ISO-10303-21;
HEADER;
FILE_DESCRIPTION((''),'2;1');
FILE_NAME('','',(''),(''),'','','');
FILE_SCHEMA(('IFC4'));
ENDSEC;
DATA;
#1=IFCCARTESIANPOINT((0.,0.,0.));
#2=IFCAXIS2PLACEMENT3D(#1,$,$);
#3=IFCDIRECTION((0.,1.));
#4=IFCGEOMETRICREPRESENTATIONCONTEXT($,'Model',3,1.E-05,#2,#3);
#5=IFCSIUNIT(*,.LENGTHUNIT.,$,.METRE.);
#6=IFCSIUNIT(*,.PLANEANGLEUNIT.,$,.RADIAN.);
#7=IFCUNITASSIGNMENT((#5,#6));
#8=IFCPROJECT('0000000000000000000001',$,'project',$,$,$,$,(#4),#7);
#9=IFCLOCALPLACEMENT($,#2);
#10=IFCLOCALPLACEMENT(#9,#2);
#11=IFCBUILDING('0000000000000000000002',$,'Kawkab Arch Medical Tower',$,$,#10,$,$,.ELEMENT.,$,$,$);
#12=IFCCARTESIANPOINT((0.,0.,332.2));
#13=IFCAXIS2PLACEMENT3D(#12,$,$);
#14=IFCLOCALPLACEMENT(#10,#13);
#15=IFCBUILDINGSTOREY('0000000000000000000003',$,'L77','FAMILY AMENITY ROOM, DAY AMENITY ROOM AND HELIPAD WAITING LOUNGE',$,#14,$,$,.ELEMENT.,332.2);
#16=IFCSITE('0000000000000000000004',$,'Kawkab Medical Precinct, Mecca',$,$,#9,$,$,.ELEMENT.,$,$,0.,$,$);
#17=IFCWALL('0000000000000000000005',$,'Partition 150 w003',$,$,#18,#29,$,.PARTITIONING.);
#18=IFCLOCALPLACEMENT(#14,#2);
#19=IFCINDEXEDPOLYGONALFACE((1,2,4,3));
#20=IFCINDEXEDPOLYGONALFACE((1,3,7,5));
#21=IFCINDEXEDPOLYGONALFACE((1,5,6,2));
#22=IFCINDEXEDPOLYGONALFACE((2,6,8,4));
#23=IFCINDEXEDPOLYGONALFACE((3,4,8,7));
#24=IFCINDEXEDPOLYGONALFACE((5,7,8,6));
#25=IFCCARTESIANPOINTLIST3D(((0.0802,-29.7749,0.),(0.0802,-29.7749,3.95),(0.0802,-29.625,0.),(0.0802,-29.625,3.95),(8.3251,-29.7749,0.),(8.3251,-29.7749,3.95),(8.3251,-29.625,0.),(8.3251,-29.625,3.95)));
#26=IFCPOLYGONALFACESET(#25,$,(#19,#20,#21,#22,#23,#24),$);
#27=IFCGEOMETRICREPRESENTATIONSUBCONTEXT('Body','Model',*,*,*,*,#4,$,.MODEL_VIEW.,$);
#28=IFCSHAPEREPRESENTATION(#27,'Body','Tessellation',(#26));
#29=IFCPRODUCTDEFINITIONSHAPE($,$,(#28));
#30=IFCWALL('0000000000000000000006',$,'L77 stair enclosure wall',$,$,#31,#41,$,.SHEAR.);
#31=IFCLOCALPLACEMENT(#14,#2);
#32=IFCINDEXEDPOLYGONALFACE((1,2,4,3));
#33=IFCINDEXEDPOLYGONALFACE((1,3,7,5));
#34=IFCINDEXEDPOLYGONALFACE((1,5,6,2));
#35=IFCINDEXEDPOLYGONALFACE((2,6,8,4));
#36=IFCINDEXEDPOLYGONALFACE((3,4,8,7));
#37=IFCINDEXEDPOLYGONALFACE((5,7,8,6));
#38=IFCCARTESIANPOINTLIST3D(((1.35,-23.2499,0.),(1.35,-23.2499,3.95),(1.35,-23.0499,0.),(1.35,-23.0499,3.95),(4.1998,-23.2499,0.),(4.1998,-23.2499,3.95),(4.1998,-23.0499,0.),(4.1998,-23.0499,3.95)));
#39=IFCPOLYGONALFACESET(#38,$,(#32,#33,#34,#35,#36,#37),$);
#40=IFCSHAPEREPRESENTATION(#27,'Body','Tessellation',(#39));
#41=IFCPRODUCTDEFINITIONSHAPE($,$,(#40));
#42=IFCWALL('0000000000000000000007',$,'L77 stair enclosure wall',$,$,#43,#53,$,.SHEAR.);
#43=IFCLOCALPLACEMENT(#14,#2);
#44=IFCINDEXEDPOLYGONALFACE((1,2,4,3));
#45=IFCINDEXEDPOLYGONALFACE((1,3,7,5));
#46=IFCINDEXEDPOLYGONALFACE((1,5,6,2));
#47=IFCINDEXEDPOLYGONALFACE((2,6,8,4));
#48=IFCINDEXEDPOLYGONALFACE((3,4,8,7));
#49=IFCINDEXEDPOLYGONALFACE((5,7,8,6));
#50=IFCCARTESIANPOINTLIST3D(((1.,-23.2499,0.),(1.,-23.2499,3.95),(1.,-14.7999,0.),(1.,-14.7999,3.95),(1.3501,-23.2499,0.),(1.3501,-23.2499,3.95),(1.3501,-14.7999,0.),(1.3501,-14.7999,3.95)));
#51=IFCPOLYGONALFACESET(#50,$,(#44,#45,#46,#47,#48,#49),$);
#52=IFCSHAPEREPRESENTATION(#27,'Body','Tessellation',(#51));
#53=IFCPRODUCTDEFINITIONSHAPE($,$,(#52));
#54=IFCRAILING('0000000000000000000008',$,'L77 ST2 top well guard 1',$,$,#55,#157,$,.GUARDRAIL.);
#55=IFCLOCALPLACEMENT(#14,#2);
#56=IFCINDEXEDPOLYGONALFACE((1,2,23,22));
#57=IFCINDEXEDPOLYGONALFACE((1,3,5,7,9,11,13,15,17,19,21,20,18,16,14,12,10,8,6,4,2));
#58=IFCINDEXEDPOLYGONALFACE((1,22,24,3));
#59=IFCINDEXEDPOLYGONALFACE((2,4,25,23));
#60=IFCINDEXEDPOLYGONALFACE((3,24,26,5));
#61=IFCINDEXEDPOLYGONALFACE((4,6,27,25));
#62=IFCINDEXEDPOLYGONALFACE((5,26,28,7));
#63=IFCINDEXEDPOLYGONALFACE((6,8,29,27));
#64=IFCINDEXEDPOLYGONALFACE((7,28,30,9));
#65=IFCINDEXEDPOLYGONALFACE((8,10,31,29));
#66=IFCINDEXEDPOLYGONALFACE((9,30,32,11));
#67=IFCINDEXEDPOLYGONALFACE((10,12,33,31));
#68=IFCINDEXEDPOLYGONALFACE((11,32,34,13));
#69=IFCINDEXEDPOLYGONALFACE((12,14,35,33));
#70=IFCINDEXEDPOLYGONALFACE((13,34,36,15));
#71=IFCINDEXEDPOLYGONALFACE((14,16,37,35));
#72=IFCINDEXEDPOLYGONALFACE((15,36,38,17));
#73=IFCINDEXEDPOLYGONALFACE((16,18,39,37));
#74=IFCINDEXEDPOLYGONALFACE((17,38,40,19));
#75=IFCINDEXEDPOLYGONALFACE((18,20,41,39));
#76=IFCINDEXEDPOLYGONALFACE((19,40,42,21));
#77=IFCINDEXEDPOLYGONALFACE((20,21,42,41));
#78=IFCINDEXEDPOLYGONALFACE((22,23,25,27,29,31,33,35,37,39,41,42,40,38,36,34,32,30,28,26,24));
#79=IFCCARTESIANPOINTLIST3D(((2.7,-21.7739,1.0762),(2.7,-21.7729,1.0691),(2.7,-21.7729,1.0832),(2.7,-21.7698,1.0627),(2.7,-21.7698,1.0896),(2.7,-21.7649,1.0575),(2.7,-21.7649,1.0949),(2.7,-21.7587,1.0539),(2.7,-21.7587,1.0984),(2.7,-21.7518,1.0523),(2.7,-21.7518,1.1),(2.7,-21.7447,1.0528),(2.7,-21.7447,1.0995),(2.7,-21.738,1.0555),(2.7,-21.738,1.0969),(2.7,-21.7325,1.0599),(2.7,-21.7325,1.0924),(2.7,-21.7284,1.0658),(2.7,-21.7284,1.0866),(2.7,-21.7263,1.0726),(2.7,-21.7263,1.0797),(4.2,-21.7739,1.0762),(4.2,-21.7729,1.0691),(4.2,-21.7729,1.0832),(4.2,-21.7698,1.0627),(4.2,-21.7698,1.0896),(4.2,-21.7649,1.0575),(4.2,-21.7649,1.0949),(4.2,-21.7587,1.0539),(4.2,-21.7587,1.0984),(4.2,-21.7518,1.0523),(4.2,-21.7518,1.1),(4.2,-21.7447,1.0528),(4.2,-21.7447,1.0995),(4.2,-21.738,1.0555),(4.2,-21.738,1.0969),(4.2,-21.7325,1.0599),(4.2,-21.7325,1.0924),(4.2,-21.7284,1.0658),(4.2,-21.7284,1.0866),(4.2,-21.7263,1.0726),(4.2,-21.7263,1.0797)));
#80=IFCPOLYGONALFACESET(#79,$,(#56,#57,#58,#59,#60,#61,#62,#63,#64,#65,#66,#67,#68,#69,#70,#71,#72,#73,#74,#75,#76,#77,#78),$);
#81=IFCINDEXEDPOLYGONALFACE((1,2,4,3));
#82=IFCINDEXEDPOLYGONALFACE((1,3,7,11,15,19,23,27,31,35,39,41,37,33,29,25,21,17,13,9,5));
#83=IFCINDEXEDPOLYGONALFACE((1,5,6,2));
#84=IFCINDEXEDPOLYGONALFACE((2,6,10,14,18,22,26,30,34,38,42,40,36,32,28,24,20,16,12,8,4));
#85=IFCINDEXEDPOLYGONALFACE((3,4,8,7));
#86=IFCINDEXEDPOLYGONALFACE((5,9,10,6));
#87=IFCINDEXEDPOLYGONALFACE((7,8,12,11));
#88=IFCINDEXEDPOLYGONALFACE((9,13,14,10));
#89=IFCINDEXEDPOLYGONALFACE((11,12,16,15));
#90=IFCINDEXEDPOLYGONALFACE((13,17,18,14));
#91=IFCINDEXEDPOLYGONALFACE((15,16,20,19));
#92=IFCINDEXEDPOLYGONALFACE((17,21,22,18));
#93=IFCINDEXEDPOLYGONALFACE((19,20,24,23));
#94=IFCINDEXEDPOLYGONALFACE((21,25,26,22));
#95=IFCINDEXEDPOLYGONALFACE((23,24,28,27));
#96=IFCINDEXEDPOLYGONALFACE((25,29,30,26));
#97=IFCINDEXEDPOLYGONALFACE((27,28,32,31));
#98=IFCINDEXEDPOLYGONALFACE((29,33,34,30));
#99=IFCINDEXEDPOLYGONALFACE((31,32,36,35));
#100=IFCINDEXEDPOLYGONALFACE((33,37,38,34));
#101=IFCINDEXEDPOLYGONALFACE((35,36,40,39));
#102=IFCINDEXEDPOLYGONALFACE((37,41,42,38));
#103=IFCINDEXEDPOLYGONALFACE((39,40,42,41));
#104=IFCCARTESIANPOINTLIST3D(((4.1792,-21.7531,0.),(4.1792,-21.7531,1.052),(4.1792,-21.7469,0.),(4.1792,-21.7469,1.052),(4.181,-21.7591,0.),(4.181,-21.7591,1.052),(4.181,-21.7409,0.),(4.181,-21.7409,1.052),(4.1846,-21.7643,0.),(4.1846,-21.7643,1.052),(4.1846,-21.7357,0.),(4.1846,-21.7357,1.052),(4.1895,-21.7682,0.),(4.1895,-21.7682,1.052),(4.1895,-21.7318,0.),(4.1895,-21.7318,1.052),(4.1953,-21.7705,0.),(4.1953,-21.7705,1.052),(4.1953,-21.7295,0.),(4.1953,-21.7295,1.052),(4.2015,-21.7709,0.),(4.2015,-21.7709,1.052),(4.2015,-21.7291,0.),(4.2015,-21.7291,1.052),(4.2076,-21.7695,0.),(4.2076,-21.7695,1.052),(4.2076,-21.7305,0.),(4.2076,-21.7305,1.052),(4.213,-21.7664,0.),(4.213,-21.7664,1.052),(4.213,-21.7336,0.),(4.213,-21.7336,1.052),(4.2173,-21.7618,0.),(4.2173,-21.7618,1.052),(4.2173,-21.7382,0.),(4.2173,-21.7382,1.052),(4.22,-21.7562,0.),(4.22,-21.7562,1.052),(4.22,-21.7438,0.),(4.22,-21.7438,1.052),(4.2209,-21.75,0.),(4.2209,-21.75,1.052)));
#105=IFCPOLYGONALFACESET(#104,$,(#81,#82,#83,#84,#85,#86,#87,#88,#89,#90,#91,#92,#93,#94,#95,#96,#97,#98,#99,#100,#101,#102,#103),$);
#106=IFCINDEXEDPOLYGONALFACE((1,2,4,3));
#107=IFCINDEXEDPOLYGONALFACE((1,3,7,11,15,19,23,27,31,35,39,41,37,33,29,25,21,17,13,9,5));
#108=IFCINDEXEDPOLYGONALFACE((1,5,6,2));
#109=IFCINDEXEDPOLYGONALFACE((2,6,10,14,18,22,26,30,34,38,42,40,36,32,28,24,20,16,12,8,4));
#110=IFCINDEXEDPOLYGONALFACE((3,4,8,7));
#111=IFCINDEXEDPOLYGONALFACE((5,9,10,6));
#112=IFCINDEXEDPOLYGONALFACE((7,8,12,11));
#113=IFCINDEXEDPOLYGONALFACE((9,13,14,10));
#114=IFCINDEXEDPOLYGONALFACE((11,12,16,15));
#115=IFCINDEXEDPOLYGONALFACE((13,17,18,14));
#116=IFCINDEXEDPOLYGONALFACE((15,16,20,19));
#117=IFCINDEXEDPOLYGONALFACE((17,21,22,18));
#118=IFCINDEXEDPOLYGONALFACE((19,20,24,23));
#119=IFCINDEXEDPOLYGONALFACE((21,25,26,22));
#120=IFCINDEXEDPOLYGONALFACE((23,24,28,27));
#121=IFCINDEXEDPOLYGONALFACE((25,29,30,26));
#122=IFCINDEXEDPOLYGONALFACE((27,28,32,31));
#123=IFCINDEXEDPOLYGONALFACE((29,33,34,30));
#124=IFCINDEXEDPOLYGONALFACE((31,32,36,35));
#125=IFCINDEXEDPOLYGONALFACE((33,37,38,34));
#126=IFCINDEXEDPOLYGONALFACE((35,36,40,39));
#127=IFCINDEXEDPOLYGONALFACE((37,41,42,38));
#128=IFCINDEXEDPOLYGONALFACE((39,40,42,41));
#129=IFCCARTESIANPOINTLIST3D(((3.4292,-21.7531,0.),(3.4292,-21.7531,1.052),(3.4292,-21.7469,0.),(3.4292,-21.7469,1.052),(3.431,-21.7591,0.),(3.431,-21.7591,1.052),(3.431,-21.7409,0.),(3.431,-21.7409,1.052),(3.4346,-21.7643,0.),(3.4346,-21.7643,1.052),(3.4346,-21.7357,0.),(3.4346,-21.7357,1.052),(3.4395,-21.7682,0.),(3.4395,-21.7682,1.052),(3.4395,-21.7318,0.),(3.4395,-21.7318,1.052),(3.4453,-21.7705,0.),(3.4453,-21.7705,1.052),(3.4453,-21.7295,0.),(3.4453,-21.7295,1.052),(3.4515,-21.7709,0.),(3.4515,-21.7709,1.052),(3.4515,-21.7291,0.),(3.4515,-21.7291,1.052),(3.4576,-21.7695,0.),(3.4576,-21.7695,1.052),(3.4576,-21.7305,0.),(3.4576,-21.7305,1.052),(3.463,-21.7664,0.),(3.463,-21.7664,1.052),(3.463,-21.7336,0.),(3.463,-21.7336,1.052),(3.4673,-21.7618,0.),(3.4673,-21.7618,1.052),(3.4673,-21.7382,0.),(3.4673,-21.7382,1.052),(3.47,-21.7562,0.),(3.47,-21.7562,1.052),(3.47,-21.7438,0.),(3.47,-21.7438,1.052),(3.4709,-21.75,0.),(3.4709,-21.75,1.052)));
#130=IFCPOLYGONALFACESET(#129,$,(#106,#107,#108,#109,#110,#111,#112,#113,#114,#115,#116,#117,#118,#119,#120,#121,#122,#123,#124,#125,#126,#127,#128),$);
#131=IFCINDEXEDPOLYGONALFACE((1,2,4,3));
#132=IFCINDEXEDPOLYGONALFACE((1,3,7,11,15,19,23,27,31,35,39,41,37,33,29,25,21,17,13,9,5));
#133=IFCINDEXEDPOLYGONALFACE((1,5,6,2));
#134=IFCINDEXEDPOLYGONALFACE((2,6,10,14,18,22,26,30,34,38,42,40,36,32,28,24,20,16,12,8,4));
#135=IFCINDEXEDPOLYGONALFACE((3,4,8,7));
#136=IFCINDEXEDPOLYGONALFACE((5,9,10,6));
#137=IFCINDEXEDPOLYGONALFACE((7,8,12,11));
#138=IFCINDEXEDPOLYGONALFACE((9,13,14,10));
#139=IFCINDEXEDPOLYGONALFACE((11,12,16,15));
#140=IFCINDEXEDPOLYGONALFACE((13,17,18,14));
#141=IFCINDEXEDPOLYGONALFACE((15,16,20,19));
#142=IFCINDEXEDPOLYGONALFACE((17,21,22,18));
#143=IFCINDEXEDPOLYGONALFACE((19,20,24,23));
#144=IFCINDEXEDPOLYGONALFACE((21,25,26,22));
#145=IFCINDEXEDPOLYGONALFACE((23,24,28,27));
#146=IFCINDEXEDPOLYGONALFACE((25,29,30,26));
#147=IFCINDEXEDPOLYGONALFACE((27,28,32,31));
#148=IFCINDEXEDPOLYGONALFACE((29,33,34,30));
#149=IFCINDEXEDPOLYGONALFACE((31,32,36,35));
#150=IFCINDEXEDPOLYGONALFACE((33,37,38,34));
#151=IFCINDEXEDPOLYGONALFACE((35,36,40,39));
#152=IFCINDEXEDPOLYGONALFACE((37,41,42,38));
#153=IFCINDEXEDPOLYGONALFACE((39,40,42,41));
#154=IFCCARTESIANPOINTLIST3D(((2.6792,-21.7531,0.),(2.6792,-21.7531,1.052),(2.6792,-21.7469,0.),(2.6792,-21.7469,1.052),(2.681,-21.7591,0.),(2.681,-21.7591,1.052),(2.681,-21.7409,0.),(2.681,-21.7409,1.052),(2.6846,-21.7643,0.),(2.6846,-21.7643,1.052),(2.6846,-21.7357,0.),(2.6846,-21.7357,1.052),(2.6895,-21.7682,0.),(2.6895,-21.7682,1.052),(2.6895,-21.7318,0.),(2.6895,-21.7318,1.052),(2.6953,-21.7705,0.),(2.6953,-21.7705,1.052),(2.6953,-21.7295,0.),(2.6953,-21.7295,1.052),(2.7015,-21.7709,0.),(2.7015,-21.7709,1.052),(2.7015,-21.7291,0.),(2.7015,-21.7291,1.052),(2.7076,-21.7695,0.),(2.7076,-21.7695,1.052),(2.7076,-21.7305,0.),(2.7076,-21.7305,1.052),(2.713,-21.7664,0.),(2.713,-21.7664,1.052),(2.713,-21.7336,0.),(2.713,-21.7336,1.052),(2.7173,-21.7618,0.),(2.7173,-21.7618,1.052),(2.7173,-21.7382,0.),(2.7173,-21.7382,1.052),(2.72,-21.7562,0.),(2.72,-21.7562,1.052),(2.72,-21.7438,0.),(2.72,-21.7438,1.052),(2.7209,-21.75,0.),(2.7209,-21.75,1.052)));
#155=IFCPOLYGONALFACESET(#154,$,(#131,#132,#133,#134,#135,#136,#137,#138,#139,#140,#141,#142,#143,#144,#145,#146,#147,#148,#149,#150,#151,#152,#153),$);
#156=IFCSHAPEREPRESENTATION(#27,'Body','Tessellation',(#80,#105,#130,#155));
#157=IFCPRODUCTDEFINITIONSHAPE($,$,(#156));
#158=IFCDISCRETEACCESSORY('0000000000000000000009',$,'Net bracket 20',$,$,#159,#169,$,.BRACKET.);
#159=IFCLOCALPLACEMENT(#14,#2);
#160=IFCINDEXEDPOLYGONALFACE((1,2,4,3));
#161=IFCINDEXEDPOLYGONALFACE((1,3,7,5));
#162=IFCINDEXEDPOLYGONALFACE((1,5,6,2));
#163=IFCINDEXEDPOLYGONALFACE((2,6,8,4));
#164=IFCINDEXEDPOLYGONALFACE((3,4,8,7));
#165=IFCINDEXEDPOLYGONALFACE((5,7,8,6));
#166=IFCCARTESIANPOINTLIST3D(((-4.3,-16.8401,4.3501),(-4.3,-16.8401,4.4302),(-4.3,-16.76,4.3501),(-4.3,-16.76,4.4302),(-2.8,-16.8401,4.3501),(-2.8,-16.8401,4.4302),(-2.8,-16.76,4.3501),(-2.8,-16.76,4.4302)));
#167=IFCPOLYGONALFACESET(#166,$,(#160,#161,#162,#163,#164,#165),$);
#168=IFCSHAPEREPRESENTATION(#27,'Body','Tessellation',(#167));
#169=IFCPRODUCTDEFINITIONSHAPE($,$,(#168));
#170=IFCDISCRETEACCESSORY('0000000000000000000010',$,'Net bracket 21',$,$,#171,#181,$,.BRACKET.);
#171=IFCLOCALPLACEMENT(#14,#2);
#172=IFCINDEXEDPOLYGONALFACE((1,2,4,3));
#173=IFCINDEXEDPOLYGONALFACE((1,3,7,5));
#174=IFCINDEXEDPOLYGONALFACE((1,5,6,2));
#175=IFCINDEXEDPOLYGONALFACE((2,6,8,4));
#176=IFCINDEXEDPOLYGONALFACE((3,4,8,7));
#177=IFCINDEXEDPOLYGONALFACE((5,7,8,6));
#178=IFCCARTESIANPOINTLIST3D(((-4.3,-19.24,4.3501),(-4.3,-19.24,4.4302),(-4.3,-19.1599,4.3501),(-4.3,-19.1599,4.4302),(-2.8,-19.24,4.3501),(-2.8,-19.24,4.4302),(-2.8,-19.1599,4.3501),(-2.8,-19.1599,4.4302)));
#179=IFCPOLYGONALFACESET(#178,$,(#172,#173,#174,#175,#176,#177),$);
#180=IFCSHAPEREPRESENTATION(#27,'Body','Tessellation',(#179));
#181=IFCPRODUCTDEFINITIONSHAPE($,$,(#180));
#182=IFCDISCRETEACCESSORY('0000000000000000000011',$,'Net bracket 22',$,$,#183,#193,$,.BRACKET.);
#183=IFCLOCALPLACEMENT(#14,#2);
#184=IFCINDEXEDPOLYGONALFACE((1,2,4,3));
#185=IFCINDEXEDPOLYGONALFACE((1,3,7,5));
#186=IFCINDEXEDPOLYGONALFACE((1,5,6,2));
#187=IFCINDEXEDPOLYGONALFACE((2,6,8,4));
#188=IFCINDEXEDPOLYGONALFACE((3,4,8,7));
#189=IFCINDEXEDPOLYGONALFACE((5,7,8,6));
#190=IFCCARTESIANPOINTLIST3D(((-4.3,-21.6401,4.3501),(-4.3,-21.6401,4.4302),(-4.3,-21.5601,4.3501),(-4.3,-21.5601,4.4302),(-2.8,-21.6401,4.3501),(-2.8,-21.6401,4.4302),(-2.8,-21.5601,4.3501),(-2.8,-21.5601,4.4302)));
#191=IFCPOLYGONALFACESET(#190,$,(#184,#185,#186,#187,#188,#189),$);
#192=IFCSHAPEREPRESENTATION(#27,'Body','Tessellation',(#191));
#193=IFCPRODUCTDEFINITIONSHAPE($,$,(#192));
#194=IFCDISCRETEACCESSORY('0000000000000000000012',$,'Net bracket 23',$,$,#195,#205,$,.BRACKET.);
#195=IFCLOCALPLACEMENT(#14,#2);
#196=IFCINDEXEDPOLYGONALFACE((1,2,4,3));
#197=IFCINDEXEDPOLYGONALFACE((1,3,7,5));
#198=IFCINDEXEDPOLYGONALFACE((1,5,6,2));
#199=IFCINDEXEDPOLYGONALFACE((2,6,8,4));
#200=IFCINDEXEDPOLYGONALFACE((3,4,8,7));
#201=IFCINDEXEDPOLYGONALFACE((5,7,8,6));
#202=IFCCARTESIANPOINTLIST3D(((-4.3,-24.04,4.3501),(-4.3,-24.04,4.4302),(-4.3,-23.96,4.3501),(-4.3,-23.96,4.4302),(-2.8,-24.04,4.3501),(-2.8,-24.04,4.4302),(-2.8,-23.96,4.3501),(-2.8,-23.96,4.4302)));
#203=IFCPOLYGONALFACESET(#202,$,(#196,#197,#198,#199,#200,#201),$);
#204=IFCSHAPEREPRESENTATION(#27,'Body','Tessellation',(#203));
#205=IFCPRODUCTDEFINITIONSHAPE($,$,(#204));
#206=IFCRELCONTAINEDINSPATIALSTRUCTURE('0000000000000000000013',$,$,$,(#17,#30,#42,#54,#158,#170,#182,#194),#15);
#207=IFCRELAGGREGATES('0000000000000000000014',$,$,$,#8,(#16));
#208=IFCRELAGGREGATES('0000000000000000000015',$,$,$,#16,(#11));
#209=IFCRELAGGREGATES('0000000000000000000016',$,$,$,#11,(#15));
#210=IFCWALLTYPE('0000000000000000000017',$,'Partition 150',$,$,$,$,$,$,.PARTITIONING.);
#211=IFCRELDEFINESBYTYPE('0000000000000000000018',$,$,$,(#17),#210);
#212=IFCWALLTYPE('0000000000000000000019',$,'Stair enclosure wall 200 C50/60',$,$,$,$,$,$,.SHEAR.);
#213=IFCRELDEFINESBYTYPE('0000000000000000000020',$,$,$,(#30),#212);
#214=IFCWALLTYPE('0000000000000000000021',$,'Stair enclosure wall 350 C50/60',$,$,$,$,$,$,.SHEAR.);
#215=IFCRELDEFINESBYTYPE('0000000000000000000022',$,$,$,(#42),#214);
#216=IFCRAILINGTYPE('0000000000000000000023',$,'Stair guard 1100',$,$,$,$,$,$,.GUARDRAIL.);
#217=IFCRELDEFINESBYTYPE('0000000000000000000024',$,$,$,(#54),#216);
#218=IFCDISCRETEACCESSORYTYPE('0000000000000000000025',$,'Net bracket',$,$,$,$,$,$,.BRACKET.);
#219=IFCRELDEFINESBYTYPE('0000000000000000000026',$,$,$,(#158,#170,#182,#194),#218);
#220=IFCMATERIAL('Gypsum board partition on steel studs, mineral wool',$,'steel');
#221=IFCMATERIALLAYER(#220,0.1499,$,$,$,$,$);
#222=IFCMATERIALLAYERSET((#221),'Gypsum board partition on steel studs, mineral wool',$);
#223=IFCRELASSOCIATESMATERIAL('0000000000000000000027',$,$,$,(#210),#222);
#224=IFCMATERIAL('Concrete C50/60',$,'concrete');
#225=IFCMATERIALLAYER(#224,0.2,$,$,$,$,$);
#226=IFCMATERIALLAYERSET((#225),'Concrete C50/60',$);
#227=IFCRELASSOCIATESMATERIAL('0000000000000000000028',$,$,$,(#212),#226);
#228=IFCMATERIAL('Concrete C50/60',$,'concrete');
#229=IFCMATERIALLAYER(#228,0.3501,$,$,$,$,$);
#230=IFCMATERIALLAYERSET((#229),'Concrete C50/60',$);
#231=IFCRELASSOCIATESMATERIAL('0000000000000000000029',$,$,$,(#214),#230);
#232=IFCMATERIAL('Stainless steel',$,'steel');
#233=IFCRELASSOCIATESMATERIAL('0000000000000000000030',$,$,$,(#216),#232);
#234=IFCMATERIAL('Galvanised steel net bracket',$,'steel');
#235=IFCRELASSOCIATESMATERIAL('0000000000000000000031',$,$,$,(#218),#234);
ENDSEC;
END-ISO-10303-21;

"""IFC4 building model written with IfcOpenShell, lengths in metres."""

from ifc_helpers import new_model, si_unit, direction, frame, frame_2d, origin, origin_2d, place, context, subcontext, project, spatial, rectangle, circle, extrude, material, layer, layer_set, type_object, element, save


model = new_model("IFC4")

# Units and contexts
model_context = context("Model", 3, precision=1e-05, world=origin(), true_north=direction((0.0, 1.0)))
body_context = subcontext(model_context, "Body", "Model", "MODEL_VIEW")
ifc_project = project(units=[si_unit("LENGTHUNIT", "METRE"), si_unit("PLANEANGLEUNIT", "RADIAN")], contexts=[model_context])

# Site, building, storey
site_placement = place(None, origin())
site = spatial("IfcSite", under=ifc_project, at=site_placement, Name="Kawkab Medical Precinct, Mecca", CompositionType="ELEMENT", RefElevation=0.0)
building_placement = place(site_placement, origin())
building = spatial("IfcBuilding", under=site, at=building_placement, Name="Kawkab Arch Medical Tower", CompositionType="ELEMENT")
storey_placement = place(building_placement, frame((0.0, 0.0, 332.2)))
storey = spatial("IfcBuildingStorey", under=building, at=storey_placement, Name="L77", Description="FAMILY AMENITY ROOM, DAY AMENITY ROOM AND HELIPAD WAITING LOUNGE", CompositionType="ELEMENT", Elevation=332.2)

# Walls
ifc_material_1 = material(Name="Gypsum board partition on steel studs, mineral wool", Category="steel")
ifc_layer_1 = layer(ifc_material_1, 0.1499)
ifc_layer_set_1 = layer_set([ifc_layer_1], Name="Gypsum board partition on steel studs, mineral wool")
wall_type_1 = type_object("IfcWallType", Name="Partition 150", PredefinedType="PARTITIONING", material=ifc_layer_set_1)
wall_1_placement = place(storey_placement, frame((0.0801, -29.7, 0.0), z_axis=(0.0, 0.0, 1.0), x_axis=(1.0, 0.0, 0.0)))
element("IfcWall", 1, at=wall_1_placement, inside=storey, type_object=wall_type_1, Name="Partition 150 w003", PredefinedType="PARTITIONING", context=body_context, shape_type="SweptSolid", body=[
    extrude(rectangle(XDim=8.2449, YDim=0.1499, at=frame_2d((4.1226, 0.0))), origin(), (0.0, 0.0, 1.0), 3.95),
])
ifc_material_2 = material(Name="Concrete C50/60", Category="concrete")
ifc_layer_2 = layer(ifc_material_2, 0.2)
ifc_layer_set_2 = layer_set([ifc_layer_2], Name="Concrete C50/60")
wall_type_2 = type_object("IfcWallType", Name="Stair enclosure wall 200 C50/60", PredefinedType="SHEAR", material=ifc_layer_set_2)
wall_2_placement = place(storey_placement, frame((1.3501, -23.1499, 0.0), z_axis=(0.0, 0.0, 1.0), x_axis=(1.0, 0.0, 0.0)))
element("IfcWall", 2, at=wall_2_placement, inside=storey, type_object=wall_type_2, Name="L77 stair enclosure wall", PredefinedType="SHEAR", context=body_context, shape_type="SweptSolid", body=[
    extrude(rectangle(XDim=2.8499, YDim=0.2, at=frame_2d((1.4248, 0.0))), origin(), (0.0, 0.0, 1.0), 3.95),
])
ifc_material_3 = material(Name="Concrete C50/60", Category="concrete")
ifc_layer_3 = layer(ifc_material_3, 0.3501)
ifc_layer_set_3 = layer_set([ifc_layer_3], Name="Concrete C50/60")
wall_type_3 = type_object("IfcWallType", Name="Stair enclosure wall 350 C50/60", PredefinedType="SHEAR", material=ifc_layer_set_3)
wall_3_placement = place(storey_placement, frame((1.175, -23.25, 0.0), z_axis=(0.0, 0.0, 1.0), x_axis=(0.0, 1.0, 0.0)))
element("IfcWall", 3, at=wall_3_placement, inside=storey, type_object=wall_type_3, Name="L77 stair enclosure wall", PredefinedType="SHEAR", context=body_context, shape_type="SweptSolid", body=[
    extrude(rectangle(XDim=8.45, YDim=0.3501, at=frame_2d((4.2251, 0.0))), origin(), (0.0, 0.0, 1.0), 3.95),
])

# Railing
ifc_material_4 = material(Name="Stainless steel", Category="steel")
railing_type_1 = type_object("IfcRailingType", Name="Stair guard 1100", PredefinedType="GUARDRAIL", material=ifc_material_4)
railing_1_placement = place(storey_placement, frame((4.2, -21.75, 0.0)))
element("IfcRailing", 4, at=railing_1_placement, inside=storey, type_object=railing_type_1, Name="L77 ST2 top well guard 1", PredefinedType="GUARDRAIL", context=body_context, shape_type="SweptSolid", body=[
    extrude(circle(Radius=0.0239, at=origin_2d()), frame((0.0, 0.0, 1.0762), z_axis=(-1.0, 0.0, 0.0), x_axis=(0.0, -1.0, 0.0)), (0.0, 0.0, 1.0), 1.5),
    extrude(circle(Radius=0.021, at=origin_2d()), origin(), (0.0, 0.0, 1.0), 1.052),
    extrude(circle(Radius=0.021, at=origin_2d()), frame((-0.75, 0.0, 0.0)), (0.0, 0.0, 1.0), 1.052),
    extrude(circle(Radius=0.021, at=origin_2d()), frame((-1.5, 0.0, 0.0)), (0.0, 0.0, 1.0), 1.052),
])

# Discrete accessories
ifc_material_5 = material(Name="Galvanised steel net bracket", Category="steel")
discrete_accessory_type = type_object("IfcDiscreteAccessoryType", Name="Net bracket", PredefinedType="BRACKET", material=ifc_material_5)
for number, where, z_axis, x_axis, name in (
    (5, (-3.55, -16.8, 4.3501), (0.0, 0.0, 1.0), (-1.0, 0.0, 0.0), "Net bracket 20"),
    (6, (-3.55, -19.2, 4.3501), (0.0, 0.0, 1.0), (-1.0, 0.0, 0.0), "Net bracket 21"),
    (7, (-3.55, -21.6001, 4.3501), (0.0, 0.0, 1.0), (-1.0, 0.0, 0.0), "Net bracket 22"),
    (8, (-3.55, -24.0, 4.3501), (0.0, 0.0, 1.0), (-1.0, 0.0, 0.0), "Net bracket 23"),
):
    element("IfcDiscreteAccessory", number, at=place(storey_placement, frame(where, z_axis=z_axis, x_axis=x_axis)), inside=storey, type_object=discrete_accessory_type, Name=name, PredefinedType="BRACKET", context=body_context, shape_type="SweptSolid", body=[
        extrude(rectangle(XDim=1.5, YDim=0.0801, at=origin_2d()), origin(), (0.0, 0.0, 1.0), 0.0801),
    ])

save(model, "model.ifc")
